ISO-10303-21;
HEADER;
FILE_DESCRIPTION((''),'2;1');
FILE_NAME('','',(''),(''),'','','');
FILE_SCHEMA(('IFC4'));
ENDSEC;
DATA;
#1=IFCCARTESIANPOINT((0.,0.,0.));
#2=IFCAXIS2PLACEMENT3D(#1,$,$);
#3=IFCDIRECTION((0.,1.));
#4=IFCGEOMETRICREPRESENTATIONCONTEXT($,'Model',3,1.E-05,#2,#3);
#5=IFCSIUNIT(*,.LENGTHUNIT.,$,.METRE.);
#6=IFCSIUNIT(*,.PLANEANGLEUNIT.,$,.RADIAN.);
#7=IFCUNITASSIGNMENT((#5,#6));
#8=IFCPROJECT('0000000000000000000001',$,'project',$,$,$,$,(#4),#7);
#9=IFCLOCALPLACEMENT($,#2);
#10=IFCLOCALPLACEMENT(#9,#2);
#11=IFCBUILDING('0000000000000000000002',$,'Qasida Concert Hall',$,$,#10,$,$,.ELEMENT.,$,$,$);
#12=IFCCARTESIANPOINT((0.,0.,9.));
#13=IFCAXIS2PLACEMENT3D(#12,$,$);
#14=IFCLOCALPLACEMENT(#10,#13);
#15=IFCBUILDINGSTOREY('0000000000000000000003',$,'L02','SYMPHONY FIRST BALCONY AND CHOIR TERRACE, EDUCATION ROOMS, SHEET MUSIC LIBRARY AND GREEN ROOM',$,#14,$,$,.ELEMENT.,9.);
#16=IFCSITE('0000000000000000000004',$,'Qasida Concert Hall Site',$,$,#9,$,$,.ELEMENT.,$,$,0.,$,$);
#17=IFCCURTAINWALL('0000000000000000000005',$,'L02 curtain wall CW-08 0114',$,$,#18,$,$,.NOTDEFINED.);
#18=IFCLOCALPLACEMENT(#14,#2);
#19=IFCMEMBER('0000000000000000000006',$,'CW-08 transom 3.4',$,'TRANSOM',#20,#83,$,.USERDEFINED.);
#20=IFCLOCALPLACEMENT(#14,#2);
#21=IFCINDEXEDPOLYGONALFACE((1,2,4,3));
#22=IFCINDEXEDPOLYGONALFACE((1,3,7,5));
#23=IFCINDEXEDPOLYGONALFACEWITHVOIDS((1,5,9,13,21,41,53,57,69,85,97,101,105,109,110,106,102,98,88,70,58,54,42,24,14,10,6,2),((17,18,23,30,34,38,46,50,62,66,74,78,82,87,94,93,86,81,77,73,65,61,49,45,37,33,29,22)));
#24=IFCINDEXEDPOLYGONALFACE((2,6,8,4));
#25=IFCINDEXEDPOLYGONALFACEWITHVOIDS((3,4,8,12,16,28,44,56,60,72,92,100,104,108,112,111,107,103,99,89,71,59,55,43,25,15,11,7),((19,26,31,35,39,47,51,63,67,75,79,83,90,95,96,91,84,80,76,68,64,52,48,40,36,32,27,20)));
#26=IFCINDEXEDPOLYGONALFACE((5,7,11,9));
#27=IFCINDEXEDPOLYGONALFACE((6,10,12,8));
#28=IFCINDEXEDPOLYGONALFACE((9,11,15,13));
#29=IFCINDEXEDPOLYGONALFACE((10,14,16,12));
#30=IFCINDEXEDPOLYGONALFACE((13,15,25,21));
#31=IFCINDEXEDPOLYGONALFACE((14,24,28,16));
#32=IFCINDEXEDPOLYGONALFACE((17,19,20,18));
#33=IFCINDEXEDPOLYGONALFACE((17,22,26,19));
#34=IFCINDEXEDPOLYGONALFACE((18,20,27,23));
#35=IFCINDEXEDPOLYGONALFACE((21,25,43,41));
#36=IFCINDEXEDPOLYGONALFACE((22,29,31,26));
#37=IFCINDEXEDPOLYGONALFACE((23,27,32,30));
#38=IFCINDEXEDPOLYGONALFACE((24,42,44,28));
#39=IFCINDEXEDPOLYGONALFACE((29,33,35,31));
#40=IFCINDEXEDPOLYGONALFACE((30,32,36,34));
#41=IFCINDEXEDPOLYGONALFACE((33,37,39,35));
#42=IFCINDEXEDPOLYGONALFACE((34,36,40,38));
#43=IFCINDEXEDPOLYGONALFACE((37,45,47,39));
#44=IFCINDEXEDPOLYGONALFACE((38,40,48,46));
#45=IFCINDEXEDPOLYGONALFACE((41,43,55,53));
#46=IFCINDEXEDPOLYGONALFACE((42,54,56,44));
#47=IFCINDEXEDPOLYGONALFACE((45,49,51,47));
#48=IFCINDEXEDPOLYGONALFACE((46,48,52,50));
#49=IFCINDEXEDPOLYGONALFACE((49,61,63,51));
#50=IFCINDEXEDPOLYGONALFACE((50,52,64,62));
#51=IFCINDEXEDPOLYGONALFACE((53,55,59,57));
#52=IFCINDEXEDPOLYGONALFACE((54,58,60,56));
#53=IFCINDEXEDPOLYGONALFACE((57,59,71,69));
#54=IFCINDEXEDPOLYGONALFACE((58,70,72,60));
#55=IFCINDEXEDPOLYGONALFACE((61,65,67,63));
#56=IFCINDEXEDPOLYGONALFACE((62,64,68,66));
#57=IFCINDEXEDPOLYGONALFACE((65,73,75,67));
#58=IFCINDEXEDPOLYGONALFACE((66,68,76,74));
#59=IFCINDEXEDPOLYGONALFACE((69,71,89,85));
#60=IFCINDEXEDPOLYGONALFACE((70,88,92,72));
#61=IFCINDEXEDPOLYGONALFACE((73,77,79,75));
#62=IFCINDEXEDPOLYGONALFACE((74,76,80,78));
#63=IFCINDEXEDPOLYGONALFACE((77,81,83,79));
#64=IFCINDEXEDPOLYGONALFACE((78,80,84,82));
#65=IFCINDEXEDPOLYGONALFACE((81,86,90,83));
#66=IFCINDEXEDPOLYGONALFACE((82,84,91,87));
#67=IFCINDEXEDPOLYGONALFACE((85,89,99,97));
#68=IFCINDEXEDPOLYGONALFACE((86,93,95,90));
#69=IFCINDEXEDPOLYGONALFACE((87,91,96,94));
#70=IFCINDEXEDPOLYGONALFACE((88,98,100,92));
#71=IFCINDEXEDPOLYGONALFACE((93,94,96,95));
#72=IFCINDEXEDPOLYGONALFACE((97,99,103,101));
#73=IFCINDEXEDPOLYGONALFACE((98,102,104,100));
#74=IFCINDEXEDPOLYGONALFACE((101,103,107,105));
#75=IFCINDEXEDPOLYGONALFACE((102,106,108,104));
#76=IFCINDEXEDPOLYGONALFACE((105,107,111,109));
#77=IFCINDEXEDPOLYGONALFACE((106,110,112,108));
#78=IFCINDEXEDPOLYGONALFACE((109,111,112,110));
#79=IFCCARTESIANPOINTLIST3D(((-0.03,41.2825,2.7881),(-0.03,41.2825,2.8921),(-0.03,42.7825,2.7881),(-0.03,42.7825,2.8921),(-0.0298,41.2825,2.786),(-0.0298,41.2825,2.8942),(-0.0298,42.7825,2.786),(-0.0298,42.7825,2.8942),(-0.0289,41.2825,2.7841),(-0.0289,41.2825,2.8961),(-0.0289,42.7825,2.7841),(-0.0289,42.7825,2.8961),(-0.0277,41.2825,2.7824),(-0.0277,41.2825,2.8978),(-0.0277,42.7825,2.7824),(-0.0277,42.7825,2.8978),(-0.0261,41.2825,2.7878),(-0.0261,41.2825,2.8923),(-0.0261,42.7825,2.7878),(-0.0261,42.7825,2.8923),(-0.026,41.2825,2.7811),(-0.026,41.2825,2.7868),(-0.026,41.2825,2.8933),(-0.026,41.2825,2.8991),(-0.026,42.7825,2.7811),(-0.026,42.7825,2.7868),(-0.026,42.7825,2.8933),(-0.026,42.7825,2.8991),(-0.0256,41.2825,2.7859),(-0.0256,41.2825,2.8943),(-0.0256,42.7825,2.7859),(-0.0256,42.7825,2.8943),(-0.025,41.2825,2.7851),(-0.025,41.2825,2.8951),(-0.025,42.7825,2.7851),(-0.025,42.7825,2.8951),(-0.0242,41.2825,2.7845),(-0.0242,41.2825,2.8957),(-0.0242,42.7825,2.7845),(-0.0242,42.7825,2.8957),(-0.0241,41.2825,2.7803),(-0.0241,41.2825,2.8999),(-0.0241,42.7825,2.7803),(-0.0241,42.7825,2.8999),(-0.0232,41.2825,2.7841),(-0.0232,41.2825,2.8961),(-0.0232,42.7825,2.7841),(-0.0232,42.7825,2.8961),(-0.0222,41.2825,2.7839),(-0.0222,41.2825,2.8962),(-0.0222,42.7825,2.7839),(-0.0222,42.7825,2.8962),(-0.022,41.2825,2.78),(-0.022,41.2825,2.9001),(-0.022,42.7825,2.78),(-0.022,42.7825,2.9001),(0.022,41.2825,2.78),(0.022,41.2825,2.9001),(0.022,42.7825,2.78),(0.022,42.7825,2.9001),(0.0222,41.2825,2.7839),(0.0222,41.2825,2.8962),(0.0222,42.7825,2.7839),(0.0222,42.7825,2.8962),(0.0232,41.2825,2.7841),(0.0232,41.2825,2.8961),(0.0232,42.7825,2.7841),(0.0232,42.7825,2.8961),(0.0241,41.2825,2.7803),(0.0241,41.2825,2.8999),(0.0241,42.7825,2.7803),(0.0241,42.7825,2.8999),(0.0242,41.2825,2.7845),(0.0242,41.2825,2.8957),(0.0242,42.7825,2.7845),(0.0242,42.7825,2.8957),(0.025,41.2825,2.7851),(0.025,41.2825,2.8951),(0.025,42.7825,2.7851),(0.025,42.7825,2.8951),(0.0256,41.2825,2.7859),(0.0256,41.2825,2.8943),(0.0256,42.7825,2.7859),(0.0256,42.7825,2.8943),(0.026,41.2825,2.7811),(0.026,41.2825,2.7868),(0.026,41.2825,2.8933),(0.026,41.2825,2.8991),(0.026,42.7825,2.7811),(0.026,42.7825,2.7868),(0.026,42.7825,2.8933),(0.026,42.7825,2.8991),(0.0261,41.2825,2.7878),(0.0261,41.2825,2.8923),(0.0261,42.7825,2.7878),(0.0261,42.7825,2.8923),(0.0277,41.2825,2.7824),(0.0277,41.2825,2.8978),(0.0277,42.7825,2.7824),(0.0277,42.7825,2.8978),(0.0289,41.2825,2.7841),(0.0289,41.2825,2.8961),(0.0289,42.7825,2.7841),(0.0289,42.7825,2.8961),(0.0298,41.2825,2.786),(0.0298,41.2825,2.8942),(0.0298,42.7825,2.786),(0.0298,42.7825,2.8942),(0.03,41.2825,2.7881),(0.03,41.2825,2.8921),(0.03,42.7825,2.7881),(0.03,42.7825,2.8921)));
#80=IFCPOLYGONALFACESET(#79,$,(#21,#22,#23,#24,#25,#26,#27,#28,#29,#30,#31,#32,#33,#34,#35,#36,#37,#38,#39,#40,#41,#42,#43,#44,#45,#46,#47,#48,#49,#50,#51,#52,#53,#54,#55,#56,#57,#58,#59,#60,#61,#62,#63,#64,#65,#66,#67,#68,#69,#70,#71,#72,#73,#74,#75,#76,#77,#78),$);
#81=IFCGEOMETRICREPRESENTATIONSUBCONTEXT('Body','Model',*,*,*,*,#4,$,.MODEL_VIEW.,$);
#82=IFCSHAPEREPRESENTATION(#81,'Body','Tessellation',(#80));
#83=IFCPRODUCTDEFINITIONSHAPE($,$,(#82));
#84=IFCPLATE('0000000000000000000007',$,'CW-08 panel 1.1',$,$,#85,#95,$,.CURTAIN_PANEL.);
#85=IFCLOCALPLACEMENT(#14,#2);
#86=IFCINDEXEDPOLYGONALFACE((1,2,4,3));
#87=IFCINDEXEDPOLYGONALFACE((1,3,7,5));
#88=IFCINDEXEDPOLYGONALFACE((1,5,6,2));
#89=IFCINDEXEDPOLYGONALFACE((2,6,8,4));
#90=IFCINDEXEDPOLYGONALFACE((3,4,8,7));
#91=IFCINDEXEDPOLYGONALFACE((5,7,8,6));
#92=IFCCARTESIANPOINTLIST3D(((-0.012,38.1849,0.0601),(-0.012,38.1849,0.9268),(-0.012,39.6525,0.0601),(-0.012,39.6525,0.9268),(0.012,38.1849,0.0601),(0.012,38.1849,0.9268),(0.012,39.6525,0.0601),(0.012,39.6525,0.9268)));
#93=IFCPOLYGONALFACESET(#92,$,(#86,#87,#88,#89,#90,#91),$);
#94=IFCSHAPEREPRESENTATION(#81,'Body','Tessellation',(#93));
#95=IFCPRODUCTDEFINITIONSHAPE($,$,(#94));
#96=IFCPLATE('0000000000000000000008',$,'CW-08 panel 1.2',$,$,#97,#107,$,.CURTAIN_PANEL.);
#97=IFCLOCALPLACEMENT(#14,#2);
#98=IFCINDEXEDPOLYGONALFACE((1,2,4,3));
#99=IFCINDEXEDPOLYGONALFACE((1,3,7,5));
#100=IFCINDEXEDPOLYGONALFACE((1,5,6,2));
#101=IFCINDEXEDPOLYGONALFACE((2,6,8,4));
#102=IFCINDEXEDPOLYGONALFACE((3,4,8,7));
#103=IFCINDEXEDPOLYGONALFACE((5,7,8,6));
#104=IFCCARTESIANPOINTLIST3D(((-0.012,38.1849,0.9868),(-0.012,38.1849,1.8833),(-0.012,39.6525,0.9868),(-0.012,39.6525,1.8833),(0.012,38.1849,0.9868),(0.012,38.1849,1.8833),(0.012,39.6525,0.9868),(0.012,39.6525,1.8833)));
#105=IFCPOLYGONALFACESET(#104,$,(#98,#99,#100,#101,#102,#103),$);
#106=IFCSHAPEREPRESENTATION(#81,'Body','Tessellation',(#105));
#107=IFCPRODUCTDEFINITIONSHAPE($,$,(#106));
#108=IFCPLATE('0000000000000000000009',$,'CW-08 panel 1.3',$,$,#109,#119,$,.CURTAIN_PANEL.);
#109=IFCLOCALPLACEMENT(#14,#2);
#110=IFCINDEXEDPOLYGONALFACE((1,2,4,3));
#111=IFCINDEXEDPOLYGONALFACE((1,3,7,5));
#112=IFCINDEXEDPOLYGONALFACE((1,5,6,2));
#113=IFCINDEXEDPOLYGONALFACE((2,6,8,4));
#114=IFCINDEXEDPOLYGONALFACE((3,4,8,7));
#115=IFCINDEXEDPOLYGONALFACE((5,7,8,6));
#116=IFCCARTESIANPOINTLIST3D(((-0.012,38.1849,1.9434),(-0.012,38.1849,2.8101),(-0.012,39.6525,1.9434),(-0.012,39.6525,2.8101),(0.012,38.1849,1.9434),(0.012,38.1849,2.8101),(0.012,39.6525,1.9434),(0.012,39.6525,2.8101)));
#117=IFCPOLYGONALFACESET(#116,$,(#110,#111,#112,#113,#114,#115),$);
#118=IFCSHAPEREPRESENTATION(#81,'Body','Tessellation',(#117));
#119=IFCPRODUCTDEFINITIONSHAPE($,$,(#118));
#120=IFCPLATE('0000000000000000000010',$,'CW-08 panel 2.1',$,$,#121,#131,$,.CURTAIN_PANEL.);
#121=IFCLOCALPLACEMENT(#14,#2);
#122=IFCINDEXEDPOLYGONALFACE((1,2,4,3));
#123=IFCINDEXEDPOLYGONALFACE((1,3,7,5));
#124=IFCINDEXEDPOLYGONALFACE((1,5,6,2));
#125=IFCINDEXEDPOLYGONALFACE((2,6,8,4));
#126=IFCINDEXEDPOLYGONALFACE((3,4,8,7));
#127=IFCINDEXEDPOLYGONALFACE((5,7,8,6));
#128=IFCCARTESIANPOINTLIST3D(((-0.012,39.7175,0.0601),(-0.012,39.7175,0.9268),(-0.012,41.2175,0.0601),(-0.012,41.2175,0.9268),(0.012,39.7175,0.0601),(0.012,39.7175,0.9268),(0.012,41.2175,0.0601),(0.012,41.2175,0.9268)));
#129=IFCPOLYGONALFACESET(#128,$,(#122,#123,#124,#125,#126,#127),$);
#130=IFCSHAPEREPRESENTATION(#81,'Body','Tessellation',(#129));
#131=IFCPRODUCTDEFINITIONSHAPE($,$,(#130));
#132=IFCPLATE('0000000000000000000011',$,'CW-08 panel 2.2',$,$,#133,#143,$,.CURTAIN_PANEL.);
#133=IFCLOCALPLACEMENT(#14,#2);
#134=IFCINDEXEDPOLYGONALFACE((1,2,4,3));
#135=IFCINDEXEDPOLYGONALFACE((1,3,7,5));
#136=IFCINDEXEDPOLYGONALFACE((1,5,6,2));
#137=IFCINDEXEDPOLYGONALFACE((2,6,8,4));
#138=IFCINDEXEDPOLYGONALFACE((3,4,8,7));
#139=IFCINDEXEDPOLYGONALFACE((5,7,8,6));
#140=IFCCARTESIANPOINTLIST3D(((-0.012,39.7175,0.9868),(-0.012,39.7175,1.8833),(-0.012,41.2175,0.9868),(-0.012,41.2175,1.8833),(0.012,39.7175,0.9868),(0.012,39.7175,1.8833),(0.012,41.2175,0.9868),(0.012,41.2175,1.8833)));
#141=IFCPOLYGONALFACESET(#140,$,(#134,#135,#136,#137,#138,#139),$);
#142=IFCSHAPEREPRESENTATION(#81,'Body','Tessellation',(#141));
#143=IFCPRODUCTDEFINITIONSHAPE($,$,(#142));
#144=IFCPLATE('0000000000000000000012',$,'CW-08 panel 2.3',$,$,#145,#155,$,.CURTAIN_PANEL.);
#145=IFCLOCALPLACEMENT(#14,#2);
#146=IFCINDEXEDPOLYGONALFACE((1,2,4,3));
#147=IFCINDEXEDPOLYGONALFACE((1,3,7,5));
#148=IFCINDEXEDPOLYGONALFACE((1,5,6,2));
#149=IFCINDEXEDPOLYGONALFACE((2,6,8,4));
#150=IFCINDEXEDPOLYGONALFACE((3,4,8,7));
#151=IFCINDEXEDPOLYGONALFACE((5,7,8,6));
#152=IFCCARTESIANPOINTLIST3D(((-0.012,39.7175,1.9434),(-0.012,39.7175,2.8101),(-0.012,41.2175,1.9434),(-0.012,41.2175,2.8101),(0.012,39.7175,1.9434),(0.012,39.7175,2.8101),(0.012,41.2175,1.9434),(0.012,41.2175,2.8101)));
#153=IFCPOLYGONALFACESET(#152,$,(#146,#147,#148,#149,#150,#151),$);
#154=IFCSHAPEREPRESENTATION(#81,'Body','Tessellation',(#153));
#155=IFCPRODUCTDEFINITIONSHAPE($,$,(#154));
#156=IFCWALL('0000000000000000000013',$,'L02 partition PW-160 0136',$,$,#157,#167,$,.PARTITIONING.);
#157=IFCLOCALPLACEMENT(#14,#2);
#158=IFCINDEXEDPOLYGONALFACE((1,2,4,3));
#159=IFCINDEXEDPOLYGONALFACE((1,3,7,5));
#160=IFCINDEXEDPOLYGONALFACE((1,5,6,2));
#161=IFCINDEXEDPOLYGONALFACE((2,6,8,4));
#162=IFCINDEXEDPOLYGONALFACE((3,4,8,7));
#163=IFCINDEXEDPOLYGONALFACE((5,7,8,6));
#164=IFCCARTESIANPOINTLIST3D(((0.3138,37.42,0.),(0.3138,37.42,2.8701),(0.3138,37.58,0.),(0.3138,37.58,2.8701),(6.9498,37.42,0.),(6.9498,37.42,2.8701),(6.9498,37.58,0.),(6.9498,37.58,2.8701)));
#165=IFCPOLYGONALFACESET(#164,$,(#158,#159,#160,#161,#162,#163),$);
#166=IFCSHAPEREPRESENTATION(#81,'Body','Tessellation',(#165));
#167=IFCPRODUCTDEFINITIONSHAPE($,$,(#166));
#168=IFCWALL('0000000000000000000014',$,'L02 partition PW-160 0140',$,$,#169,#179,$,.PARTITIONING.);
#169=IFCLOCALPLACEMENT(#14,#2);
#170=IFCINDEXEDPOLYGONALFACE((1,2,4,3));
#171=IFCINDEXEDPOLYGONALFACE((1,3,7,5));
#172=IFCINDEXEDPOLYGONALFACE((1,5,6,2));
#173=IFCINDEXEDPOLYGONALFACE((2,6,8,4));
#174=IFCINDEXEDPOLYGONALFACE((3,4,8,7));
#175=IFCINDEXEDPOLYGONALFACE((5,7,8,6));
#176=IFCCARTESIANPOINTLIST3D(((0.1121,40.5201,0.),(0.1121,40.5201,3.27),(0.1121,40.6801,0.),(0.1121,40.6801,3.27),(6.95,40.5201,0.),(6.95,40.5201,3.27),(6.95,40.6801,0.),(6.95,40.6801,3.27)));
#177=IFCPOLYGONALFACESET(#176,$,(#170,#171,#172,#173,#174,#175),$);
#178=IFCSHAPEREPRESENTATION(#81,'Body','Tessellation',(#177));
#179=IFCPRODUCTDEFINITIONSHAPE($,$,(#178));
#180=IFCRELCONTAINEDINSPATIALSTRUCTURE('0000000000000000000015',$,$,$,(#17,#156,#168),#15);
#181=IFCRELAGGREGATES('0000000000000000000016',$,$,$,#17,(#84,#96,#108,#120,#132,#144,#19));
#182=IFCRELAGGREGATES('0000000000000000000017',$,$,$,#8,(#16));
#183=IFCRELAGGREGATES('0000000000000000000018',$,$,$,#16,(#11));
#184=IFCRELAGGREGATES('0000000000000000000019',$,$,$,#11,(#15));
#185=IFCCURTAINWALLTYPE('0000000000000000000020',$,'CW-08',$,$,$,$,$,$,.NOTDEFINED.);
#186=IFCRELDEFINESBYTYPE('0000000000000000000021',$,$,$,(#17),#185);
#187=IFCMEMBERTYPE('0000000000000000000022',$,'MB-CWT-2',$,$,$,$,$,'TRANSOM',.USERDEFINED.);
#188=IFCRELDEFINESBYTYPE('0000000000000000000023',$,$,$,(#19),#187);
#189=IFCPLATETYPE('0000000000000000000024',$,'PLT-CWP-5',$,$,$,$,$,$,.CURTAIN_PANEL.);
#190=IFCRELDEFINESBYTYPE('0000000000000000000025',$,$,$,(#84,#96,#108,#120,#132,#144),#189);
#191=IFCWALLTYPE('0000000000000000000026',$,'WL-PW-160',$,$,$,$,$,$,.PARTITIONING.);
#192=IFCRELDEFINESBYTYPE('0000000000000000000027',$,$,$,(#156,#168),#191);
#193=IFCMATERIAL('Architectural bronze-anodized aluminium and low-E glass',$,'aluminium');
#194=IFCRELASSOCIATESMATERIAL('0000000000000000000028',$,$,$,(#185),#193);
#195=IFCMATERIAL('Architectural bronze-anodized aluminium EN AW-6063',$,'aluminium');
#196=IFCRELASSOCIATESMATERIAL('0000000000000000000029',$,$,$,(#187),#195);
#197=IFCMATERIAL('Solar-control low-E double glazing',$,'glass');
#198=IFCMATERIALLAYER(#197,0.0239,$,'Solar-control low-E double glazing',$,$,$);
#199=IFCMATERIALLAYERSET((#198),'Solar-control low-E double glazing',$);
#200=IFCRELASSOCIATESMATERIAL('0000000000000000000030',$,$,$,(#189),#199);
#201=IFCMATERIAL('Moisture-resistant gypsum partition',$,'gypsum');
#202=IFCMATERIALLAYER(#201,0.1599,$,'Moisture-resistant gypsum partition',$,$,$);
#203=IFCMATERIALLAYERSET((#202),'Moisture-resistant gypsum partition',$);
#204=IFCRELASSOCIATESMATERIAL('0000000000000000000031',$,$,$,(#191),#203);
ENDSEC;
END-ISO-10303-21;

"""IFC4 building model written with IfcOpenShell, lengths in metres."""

from ifc_helpers import new_model, si_unit, direction, frame, frame_2d, origin, origin_2d, place, context, subcontext, project, spatial, rectangle, hollow_rectangle, extrude, material, layer, layer_set, material_profile, profile_set, type_object, element, aggregate, save


model = new_model("IFC4")

# Units and contexts
model_context = context("Model", 3, precision=1e-05, world=origin(), true_north=direction((0.0, 1.0)))
body_context = subcontext(model_context, "Body", "Model", "MODEL_VIEW")
ifc_project = project(units=[si_unit("LENGTHUNIT", "METRE"), si_unit("PLANEANGLEUNIT", "RADIAN")], contexts=[model_context])

# Site, building, storey
site_placement = place(None, origin())
site = spatial("IfcSite", under=ifc_project, at=site_placement, Name="Qasida Concert Hall Site", CompositionType="ELEMENT", RefElevation=0.0)
building_placement = place(site_placement, origin())
building = spatial("IfcBuilding", under=site, at=building_placement, Name="Qasida Concert Hall", CompositionType="ELEMENT")
storey_placement = place(building_placement, frame((0.0, 0.0, 9.0)))
storey = spatial("IfcBuildingStorey", under=building, at=storey_placement, Name="L02", Description="SYMPHONY FIRST BALCONY AND CHOIR TERRACE, EDUCATION ROOMS, SHEET MUSIC LIBRARY AND GREEN ROOM", CompositionType="ELEMENT", Elevation=9.0)

# Curtain wall, member, plates
ifc_material_1 = material(Name="Architectural bronze-anodized aluminium and low-E glass", Category="aluminium")
curtain_wall_type = type_object("IfcCurtainWallType", Name="CW-08", PredefinedType="NOTDEFINED", material=ifc_material_1)
curtain_wall_placement = place(storey_placement, origin())
curtain_wall = element("IfcCurtainWall", 1, at=curtain_wall_placement, inside=storey, type_object=curtain_wall_type, Name="L02 curtain wall CW-08 0114", PredefinedType="NOTDEFINED")
ifc_material_2 = material(Name="Architectural bronze-anodized aluminium EN AW-6063", Category="aluminium")
ifc_material_profile_1 = material_profile(ifc_material_2, hollow_rectangle(XDim=0.0601, YDim=0.1201, WallThickness=0.0039, InnerFilletRadius=0.0039, OuterFilletRadius=0.0081, at=origin_2d()), Name="CWT 120x60x4")
ifc_profile_set_1 = profile_set([ifc_material_profile_1], Name="Architectural bronze-anodized aluminium EN AW-6063")
member_type_1 = type_object("IfcMemberType", Name="MB-CWT-2", ElementType="TRANSOM", PredefinedType="USERDEFINED", material=ifc_profile_set_1)
member_1_placement = place(storey_placement, frame((0.0, 41.2825, 2.8401), z_axis=(0.0, 1.0, 0.0), x_axis=(-1.0, 0.0, 0.0)))
member_1 = element("IfcMember", 2, at=member_1_placement, type_object=member_type_1, Name="CW-08 transom 3.4", ObjectType="TRANSOM", PredefinedType="USERDEFINED", context=body_context, shape_type="SweptSolid", body=[
    extrude(hollow_rectangle(XDim=0.0601, YDim=0.1201, WallThickness=0.0039, InnerFilletRadius=0.0039, OuterFilletRadius=0.0081, at=origin_2d()), origin(), (0.0, 0.0, 1.0), 1.5),
])
ifc_material_3 = material(Name="Solar-control low-E double glazing", Category="glass")
ifc_layer_1 = layer(ifc_material_3, 0.0239, Name="Solar-control low-E double glazing")
ifc_layer_set_1 = layer_set([ifc_layer_1], Name="Solar-control low-E double glazing")
plate_type = type_object("IfcPlateType", Name="PLT-CWP-5", PredefinedType="CURTAIN_PANEL", material=ifc_layer_set_1)
plate_1_placement = place(storey_placement, frame((0.0, 38.9187, 0.0601), z_axis=(0.0, 0.0, 1.0), x_axis=(0.0, 1.0, 0.0)))
plate_1 = element("IfcPlate", 3, at=plate_1_placement, type_object=plate_type, Name="CW-08 panel 1.1", PredefinedType="CURTAIN_PANEL", context=body_context, shape_type="SweptSolid", body=[
    extrude(rectangle(XDim=1.4675, YDim=0.0239, at=origin_2d()), origin(), (0.0, 0.0, 1.0), 0.8667),
])
plate_2_placement = place(storey_placement, frame((0.0, 38.9187, 0.9868), z_axis=(0.0, 0.0, 1.0), x_axis=(0.0, 1.0, 0.0)))
plate_2 = element("IfcPlate", 4, at=plate_2_placement, type_object=plate_type, Name="CW-08 panel 1.2", PredefinedType="CURTAIN_PANEL", context=body_context, shape_type="SweptSolid", body=[
    extrude(rectangle(XDim=1.4675, YDim=0.0239, at=origin_2d()), origin(), (0.0, 0.0, 1.0), 0.8965),
])
plate_3_placement = place(storey_placement, frame((0.0, 38.9187, 1.9434), z_axis=(0.0, 0.0, 1.0), x_axis=(0.0, 1.0, 0.0)))
plate_3 = element("IfcPlate", 5, at=plate_3_placement, type_object=plate_type, Name="CW-08 panel 1.3", PredefinedType="CURTAIN_PANEL", context=body_context, shape_type="SweptSolid", body=[
    extrude(rectangle(XDim=1.4675, YDim=0.0239, at=origin_2d()), origin(), (0.0, 0.0, 1.0), 0.8667),
])
plate_4_placement = place(storey_placement, frame((0.0, 40.4675, 0.0601), z_axis=(0.0, 0.0, 1.0), x_axis=(0.0, 1.0, 0.0)))
plate_4 = element("IfcPlate", 6, at=plate_4_placement, type_object=plate_type, Name="CW-08 panel 2.1", PredefinedType="CURTAIN_PANEL", context=body_context, shape_type="SweptSolid", body=[
    extrude(rectangle(XDim=1.5, YDim=0.0239, at=origin_2d()), origin(), (0.0, 0.0, 1.0), 0.8667),
])
plate_5_placement = place(storey_placement, frame((0.0, 40.4675, 0.9868), z_axis=(0.0, 0.0, 1.0), x_axis=(0.0, 1.0, 0.0)))
plate_5 = element("IfcPlate", 7, at=plate_5_placement, type_object=plate_type, Name="CW-08 panel 2.2", PredefinedType="CURTAIN_PANEL", context=body_context, shape_type="SweptSolid", body=[
    extrude(rectangle(XDim=1.5, YDim=0.0239, at=origin_2d()), origin(), (0.0, 0.0, 1.0), 0.8965),
])
plate_6_placement = place(storey_placement, frame((0.0, 40.4675, 1.9434), z_axis=(0.0, 0.0, 1.0), x_axis=(0.0, 1.0, 0.0)))
plate_6 = element("IfcPlate", 8, at=plate_6_placement, type_object=plate_type, Name="CW-08 panel 2.3", PredefinedType="CURTAIN_PANEL", context=body_context, shape_type="SweptSolid", body=[
    extrude(rectangle(XDim=1.5, YDim=0.0239, at=origin_2d()), origin(), (0.0, 0.0, 1.0), 0.8667),
])
aggregate(curtain_wall, [plate_1, plate_2, plate_3, plate_4, plate_5, plate_6, member_1])

# Walls
ifc_material_4 = material(Name="Moisture-resistant gypsum partition", Category="gypsum")
ifc_layer_2 = layer(ifc_material_4, 0.1599, Name="Moisture-resistant gypsum partition")
ifc_layer_set_2 = layer_set([ifc_layer_2], Name="Moisture-resistant gypsum partition")
wall_type = type_object("IfcWallType", Name="WL-PW-160", PredefinedType="PARTITIONING", material=ifc_layer_set_2)
wall_1_placement = place(storey_placement, frame((0.314, 37.5, 0.0), z_axis=(0.0, 0.0, 1.0), x_axis=(1.0, 0.0, 0.0)))
element("IfcWall", 9, at=wall_1_placement, inside=storey, type_object=wall_type, Name="L02 partition PW-160 0136", PredefinedType="PARTITIONING", context=body_context, shape_type="SweptSolid", body=[
    extrude(rectangle(XDim=6.636, YDim=0.1599, at=frame_2d((3.3179, 0.0))), origin(), (0.0, 0.0, 1.0), 2.8701),
])
wall_2_placement = place(storey_placement, frame((0.1121, 40.6001, 0.0), z_axis=(0.0, 0.0, 1.0), x_axis=(1.0, 0.0, 0.0)))
element("IfcWall", 10, at=wall_2_placement, inside=storey, type_object=wall_type, Name="L02 partition PW-160 0140", PredefinedType="PARTITIONING", context=body_context, shape_type="SweptSolid", body=[
    extrude(rectangle(XDim=6.8379, YDim=0.1599, at=frame_2d((3.4189, 0.0))), origin(), (0.0, 0.0, 1.0), 3.27),
])

save(model, "model.ifc")
